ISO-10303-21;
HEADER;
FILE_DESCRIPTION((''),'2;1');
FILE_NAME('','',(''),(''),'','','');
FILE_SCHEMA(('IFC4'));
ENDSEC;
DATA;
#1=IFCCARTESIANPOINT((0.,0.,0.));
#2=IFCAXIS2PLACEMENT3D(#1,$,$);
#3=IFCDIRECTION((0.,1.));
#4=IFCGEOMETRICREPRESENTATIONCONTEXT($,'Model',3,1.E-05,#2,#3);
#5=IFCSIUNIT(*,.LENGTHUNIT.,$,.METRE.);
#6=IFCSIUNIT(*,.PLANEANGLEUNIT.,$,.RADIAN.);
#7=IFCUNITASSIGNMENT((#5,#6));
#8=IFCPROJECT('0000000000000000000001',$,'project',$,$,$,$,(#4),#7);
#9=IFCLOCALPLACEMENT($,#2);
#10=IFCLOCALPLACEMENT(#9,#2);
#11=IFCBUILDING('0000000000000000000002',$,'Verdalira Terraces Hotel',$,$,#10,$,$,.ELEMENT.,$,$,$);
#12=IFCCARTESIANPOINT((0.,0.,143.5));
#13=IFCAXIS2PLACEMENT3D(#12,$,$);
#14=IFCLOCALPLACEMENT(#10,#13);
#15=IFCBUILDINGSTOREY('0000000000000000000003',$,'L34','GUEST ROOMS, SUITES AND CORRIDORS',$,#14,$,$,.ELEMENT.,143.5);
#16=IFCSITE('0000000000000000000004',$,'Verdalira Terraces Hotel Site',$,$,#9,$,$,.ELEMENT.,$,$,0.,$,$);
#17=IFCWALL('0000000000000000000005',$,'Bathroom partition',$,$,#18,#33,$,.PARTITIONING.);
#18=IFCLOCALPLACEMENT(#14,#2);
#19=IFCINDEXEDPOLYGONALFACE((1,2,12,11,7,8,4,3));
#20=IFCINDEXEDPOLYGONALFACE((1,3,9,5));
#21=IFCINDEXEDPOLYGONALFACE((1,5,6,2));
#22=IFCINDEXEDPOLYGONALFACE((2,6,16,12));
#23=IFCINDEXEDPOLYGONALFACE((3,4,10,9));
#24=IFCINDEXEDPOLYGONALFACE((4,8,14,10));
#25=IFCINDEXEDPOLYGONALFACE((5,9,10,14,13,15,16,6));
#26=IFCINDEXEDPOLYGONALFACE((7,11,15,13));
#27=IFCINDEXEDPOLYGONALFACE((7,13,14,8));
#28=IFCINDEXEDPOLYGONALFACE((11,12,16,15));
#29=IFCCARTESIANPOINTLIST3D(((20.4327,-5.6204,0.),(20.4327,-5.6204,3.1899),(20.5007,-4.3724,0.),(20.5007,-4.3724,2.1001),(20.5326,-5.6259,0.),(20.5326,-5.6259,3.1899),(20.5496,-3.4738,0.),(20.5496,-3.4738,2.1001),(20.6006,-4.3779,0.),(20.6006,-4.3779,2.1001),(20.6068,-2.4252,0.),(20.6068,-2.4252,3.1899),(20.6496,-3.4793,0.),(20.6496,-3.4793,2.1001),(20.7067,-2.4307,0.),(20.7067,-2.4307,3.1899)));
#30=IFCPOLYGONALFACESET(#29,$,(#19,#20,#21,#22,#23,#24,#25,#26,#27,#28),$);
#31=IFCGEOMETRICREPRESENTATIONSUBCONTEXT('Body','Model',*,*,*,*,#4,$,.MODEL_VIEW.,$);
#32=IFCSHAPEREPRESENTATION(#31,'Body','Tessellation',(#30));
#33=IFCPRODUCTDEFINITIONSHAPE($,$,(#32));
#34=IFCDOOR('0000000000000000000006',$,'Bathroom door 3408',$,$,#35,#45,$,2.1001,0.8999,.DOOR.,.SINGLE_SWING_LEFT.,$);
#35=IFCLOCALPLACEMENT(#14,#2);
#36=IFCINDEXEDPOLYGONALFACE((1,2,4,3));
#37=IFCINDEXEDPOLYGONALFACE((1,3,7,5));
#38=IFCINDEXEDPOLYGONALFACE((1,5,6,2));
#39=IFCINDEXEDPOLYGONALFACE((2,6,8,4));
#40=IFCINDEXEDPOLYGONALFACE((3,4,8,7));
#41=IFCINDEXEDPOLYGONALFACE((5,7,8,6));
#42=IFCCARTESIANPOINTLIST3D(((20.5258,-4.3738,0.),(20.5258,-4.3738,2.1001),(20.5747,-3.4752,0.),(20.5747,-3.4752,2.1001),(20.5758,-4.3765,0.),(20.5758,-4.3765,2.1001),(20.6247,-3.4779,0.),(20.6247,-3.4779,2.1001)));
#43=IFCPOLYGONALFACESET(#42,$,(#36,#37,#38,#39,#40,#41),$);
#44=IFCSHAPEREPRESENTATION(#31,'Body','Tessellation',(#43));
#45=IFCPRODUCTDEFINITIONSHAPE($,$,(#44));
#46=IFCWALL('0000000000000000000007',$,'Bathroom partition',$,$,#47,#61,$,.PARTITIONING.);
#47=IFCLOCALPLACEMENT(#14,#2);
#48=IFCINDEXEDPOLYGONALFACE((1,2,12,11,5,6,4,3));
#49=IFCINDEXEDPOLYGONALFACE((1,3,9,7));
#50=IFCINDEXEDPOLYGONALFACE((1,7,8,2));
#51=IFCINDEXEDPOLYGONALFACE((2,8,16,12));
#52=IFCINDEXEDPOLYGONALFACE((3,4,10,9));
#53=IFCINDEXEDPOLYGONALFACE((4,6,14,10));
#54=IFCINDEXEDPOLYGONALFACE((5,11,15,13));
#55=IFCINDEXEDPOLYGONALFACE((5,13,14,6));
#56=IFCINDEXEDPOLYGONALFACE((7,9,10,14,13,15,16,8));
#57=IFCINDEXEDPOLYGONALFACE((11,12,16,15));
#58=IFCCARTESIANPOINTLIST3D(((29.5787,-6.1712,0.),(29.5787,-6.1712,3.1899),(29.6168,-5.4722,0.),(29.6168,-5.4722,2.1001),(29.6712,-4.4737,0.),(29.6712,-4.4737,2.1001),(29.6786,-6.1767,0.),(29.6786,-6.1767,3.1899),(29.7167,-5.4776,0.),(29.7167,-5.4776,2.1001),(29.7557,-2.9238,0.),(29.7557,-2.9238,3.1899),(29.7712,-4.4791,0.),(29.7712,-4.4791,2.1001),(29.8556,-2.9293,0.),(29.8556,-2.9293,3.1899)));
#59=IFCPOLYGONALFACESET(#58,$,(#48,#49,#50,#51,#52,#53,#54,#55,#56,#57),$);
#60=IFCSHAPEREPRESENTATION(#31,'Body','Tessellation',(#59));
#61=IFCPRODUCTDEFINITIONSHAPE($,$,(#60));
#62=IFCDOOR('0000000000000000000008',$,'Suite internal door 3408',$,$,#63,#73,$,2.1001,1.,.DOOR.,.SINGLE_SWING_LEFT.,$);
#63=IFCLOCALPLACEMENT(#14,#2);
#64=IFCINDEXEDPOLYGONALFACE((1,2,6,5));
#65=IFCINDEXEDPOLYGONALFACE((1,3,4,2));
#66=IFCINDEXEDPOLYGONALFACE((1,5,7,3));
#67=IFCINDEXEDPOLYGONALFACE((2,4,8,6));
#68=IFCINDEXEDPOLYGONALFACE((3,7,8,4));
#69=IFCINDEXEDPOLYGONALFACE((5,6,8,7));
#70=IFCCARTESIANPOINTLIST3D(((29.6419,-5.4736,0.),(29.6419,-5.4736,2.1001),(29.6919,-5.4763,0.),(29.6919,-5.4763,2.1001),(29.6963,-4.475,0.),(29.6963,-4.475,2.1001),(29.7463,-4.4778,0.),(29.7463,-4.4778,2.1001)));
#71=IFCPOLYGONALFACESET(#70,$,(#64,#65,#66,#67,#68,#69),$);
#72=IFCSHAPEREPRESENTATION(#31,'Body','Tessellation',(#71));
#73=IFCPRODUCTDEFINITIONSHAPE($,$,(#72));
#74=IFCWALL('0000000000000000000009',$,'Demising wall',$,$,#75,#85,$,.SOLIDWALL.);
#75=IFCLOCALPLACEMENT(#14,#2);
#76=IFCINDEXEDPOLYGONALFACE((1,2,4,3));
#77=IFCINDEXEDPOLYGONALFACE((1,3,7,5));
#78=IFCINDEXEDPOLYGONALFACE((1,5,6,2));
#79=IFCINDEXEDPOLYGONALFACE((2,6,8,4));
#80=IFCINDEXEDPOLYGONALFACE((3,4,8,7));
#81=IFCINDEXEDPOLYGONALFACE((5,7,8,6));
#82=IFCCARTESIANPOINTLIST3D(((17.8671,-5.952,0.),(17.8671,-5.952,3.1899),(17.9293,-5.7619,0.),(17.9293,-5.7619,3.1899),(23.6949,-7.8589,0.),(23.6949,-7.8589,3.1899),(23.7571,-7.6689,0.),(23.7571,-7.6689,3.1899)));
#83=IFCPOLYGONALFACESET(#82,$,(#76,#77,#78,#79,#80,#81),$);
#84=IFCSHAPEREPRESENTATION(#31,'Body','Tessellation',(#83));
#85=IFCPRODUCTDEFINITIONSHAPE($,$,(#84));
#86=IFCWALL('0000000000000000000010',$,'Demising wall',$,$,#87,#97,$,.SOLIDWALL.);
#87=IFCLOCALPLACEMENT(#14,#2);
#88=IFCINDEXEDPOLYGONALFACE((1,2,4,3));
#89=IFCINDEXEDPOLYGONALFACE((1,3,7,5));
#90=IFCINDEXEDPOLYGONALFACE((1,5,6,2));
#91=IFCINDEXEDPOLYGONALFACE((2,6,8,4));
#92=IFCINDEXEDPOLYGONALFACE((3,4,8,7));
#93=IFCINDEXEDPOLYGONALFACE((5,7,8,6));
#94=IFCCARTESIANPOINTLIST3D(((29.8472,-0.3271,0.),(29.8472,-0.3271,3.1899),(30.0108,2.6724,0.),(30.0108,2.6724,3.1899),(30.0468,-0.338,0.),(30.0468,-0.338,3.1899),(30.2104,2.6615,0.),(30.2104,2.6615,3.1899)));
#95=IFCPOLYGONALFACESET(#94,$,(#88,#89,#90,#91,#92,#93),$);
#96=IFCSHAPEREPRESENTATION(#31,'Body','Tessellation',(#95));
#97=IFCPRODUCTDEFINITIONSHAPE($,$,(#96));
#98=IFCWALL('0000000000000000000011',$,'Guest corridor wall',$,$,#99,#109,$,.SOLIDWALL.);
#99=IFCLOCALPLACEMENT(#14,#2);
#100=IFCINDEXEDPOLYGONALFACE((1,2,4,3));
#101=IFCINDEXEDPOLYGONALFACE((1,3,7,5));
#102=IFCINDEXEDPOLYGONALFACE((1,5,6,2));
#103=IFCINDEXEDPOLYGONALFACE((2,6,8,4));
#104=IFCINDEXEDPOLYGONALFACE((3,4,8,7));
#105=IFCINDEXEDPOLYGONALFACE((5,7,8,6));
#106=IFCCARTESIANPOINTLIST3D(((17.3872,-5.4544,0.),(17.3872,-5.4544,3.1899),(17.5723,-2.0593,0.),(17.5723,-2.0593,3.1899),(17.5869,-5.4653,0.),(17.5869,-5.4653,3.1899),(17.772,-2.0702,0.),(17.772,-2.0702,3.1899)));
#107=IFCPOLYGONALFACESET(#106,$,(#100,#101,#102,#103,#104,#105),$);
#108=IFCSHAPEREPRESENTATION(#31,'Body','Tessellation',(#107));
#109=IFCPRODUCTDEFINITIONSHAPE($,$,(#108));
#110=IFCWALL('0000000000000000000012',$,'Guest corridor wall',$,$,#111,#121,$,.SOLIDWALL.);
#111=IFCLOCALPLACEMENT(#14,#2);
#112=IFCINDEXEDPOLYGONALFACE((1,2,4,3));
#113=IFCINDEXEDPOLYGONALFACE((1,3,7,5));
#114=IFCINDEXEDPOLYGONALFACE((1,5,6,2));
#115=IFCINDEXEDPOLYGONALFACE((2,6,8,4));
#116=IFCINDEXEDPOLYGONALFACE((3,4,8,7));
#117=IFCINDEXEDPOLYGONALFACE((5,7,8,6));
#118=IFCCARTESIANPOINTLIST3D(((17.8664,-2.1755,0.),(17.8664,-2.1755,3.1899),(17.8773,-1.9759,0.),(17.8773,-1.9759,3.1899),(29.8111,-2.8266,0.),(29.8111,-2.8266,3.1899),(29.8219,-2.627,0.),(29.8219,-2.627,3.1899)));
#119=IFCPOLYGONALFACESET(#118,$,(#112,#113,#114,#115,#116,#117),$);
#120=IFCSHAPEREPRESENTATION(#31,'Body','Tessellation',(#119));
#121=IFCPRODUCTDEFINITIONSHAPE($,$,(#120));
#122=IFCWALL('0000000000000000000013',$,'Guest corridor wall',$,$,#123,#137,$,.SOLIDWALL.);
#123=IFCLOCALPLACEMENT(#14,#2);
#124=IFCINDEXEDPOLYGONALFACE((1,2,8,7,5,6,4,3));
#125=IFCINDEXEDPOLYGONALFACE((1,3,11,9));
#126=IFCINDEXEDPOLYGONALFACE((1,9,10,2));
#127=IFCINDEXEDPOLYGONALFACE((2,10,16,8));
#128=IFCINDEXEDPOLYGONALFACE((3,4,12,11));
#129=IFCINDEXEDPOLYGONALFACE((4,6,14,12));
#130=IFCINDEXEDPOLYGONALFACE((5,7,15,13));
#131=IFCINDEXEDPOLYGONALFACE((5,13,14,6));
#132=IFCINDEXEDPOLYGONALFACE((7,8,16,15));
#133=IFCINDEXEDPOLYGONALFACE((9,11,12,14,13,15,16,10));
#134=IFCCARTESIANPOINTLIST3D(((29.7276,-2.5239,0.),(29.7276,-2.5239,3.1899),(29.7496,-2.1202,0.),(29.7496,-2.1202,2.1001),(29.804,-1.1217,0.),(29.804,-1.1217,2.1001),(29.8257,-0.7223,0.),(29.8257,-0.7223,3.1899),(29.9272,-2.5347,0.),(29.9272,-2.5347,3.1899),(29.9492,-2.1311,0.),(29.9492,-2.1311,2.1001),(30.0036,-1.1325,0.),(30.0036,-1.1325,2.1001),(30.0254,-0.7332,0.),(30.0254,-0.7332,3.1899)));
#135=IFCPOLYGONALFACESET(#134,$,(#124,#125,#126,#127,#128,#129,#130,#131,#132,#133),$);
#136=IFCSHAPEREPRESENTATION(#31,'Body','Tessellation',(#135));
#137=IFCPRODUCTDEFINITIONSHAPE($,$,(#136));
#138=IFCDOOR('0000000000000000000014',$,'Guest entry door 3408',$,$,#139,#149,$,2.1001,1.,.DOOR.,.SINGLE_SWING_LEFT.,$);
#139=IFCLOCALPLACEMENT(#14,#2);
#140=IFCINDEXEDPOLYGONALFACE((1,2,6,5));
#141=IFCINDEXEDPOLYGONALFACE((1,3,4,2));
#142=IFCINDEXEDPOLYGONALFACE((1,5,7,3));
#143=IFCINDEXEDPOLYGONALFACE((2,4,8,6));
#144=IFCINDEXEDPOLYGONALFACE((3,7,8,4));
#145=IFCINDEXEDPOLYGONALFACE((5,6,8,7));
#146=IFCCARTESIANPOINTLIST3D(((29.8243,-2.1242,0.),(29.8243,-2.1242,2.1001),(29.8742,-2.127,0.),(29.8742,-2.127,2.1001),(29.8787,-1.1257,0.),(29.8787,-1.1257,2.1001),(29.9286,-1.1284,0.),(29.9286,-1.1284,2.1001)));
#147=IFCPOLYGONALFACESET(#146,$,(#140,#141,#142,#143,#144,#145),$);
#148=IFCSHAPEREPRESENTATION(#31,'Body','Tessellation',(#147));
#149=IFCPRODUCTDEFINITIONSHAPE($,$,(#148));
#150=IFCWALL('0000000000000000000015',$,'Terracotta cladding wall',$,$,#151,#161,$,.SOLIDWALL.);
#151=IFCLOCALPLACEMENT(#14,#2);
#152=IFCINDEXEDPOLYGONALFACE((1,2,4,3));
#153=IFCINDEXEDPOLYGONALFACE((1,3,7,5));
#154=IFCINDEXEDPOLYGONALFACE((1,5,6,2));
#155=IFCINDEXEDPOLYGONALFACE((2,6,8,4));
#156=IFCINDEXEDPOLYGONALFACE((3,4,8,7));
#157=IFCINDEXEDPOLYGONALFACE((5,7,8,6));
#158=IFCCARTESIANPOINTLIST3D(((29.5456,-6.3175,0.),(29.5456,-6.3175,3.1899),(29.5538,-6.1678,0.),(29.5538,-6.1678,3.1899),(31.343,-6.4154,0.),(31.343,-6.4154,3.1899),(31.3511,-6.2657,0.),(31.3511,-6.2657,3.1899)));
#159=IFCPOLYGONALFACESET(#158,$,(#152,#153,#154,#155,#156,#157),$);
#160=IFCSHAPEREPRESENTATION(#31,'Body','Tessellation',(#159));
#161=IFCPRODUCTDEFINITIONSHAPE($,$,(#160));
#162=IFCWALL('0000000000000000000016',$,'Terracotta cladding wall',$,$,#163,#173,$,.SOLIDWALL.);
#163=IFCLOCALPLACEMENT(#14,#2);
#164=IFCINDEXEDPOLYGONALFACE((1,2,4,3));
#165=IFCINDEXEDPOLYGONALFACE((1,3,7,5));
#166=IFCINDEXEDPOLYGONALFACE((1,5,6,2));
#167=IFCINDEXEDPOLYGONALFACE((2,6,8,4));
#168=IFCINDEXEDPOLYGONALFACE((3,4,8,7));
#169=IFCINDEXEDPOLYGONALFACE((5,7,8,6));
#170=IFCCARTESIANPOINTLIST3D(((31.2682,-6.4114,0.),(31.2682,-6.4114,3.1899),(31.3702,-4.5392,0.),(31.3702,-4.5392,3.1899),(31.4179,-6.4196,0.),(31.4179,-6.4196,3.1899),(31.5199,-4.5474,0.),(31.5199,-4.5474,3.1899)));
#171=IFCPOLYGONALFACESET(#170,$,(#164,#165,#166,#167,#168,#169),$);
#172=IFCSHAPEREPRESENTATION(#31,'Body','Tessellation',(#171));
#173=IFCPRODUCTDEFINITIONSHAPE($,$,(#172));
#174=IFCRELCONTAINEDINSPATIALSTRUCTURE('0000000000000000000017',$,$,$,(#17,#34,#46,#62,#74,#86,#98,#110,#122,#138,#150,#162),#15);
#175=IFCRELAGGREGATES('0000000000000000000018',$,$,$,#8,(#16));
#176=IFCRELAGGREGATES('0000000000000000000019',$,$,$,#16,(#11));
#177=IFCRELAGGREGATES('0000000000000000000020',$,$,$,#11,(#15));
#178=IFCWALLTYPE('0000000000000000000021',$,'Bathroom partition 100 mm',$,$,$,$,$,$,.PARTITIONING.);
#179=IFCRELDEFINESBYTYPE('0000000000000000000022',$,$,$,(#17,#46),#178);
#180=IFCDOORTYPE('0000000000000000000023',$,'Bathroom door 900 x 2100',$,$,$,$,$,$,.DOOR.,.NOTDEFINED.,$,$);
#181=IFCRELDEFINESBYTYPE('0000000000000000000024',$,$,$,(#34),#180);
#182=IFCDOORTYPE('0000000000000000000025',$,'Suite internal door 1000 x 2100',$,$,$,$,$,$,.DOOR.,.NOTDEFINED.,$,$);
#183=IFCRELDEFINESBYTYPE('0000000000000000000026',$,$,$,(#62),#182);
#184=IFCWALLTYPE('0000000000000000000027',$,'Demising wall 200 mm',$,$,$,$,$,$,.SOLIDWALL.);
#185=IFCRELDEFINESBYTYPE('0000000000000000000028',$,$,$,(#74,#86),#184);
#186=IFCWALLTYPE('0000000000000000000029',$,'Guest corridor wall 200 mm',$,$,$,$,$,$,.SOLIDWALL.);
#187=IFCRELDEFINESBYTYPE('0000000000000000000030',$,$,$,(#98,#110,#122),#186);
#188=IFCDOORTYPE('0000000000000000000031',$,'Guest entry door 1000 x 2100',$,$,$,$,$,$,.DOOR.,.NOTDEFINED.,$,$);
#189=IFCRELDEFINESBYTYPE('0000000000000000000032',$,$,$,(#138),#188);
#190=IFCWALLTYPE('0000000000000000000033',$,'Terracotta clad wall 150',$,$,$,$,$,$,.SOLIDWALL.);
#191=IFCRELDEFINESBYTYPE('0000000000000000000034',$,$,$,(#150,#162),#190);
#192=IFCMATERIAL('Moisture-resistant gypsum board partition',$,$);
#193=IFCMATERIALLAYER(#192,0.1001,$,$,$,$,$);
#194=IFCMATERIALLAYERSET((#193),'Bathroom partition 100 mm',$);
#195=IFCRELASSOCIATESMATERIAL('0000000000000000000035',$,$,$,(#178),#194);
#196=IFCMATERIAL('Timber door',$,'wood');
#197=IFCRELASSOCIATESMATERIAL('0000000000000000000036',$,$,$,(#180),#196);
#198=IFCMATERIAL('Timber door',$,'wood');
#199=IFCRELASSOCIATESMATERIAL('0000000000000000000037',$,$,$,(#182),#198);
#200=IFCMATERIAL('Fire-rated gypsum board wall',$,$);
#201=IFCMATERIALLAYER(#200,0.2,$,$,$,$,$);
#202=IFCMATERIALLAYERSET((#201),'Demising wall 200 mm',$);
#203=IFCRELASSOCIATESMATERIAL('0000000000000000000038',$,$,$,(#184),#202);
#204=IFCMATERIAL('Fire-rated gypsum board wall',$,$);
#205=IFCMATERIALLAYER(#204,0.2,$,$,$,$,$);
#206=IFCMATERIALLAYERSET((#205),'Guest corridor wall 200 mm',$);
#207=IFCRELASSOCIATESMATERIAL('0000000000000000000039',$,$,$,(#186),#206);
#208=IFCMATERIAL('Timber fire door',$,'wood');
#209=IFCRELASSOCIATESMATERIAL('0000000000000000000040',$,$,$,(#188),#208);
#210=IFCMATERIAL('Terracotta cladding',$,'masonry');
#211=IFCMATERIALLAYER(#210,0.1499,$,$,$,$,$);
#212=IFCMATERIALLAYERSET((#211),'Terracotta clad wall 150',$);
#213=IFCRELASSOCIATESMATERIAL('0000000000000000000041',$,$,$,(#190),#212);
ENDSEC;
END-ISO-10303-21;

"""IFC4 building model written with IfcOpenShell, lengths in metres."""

from ifc_helpers import new_model, si_unit, direction, frame, frame_2d, origin, place, context, subcontext, project, spatial, rectangle, extrude, material, layer, layer_set, type_object, element, fill, save


model = new_model("IFC4")

# Units and contexts
model_context = context("Model", 3, precision=1e-05, world=origin(), true_north=direction((0.0, 1.0)))
body_context = subcontext(model_context, "Body", "Model", "MODEL_VIEW")
ifc_project = project(units=[si_unit("LENGTHUNIT", "METRE"), si_unit("PLANEANGLEUNIT", "RADIAN")], contexts=[model_context])

# Site, building, storey
site_placement = place(None, origin())
site = spatial("IfcSite", under=ifc_project, at=site_placement, Name="Verdalira Terraces Hotel Site", CompositionType="ELEMENT", RefElevation=0.0)
building_placement = place(site_placement, origin())
building = spatial("IfcBuilding", under=site, at=building_placement, Name="Verdalira Terraces Hotel", CompositionType="ELEMENT")
storey_placement = place(building_placement, frame((0.0, 0.0, 143.5)))
storey = spatial("IfcBuildingStorey", under=building, at=storey_placement, Name="L34", Description="GUEST ROOMS, SUITES AND CORRIDORS", CompositionType="ELEMENT", Elevation=143.5)

# Shared definitions
ifc_material_1 = material(Name="Moisture-resistant gypsum board partition")
ifc_layer_1 = layer(ifc_material_1, 0.1001)
ifc_layer_set_1 = layer_set([ifc_layer_1], Name="Bathroom partition 100 mm")
wall_type_1 = type_object("IfcWallType", Name="Bathroom partition 100 mm", PredefinedType="PARTITIONING", material=ifc_layer_set_1)

# Walls, openings, doors
wall_1_placement = place(storey_placement, frame((20.4827, -5.6233, 0.0), z_axis=(0.0, 0.0, 1.0), x_axis=(0.054397, 0.998519, 0.0)))
wall_1 = element("IfcWall", 1, at=wall_1_placement, inside=storey, type_object=wall_type_1, Name="Bathroom partition", PredefinedType="PARTITIONING", context=body_context, shape_type="SweptSolid", body=[
    extrude(rectangle(XDim=3.2, YDim=0.1001, at=frame_2d((1.6001, 0.0))), origin(), (0.0, 0.0, 1.0), 3.1899),
])
opening_1_placement = place(wall_1_placement, frame((1.25, 0.0, 0.0)))
opening_1 = element("IfcOpeningElement", 2, at=opening_1_placement, cuts=wall_1, PredefinedType="OPENING", context=body_context, shape_type="SweptSolid", body=[
    extrude(rectangle(XDim=0.8999, YDim=2.1001, at=frame_2d((0.45, 1.05))), frame((0.0, 0.0601, 0.0), z_axis=(0.0, -1.0, 0.0), x_axis=(1.0, 0.0, 0.0)), (0.0, 0.0, 1.0), 0.1201),
])
ifc_material_2 = material(Name="Timber door", Category="wood")
door_type_1 = type_object("IfcDoorType", Name="Bathroom door 900 x 2100", OperationType="NOTDEFINED", PredefinedType="DOOR", material=ifc_material_2)
door_1_placement = place(opening_1_placement, origin())
door_1 = element("IfcDoor", 3, at=door_1_placement, inside=storey, type_object=door_type_1, Name="Bathroom door 3408", OperationType="SINGLE_SWING_LEFT", OverallHeight=2.1001, OverallWidth=0.8999, PredefinedType="DOOR", context=body_context, shape_type="SweptSolid", body=[
    extrude(rectangle(XDim=0.8999, YDim=2.1001, at=frame_2d((0.45, 1.05))), frame((0.0, 0.0249, 0.0), z_axis=(0.0, -1.0, 0.0), x_axis=(1.0, 0.0, 0.0)), (0.0, 0.0, 1.0), 0.05),
])
fill(opening_1, door_1)
wall_2_placement = place(storey_placement, frame((29.6287, -6.1738, 0.0), z_axis=(0.0, 0.0, 1.0), x_axis=(0.054426, 0.998518, 0.0)))
wall_2 = element("IfcWall", 4, at=wall_2_placement, inside=storey, type_object=wall_type_1, Name="Bathroom partition", PredefinedType="PARTITIONING", context=body_context, shape_type="SweptSolid", body=[
    extrude(rectangle(XDim=3.2522, YDim=0.1001, at=frame_2d((1.626, 0.0))), origin(), (0.0, 0.0, 1.0), 3.1899),
])
opening_2_placement = place(wall_2_placement, frame((0.7, 0.0, 0.0)))
opening_2 = element("IfcOpeningElement", 5, at=opening_2_placement, cuts=wall_2, PredefinedType="OPENING", context=body_context, shape_type="SweptSolid", body=[
    extrude(rectangle(XDim=1.0, YDim=2.1001, at=frame_2d((0.5, 1.05))), frame((0.0, 0.0601, 0.0), z_axis=(0.0, -1.0, 0.0), x_axis=(1.0, 0.0, 0.0)), (0.0, 0.0, 1.0), 0.1201),
])
ifc_material_3 = material(Name="Timber door", Category="wood")
door_type_2 = type_object("IfcDoorType", Name="Suite internal door 1000 x 2100", OperationType="NOTDEFINED", PredefinedType="DOOR", material=ifc_material_3)
door_2_placement = place(opening_2_placement, origin())
door_2 = element("IfcDoor", 6, at=door_2_placement, inside=storey, type_object=door_type_2, Name="Suite internal door 3408", OperationType="SINGLE_SWING_LEFT", OverallHeight=2.1001, OverallWidth=1.0, PredefinedType="DOOR", context=body_context, shape_type="SweptSolid", body=[
    extrude(rectangle(XDim=1.0, YDim=2.1001, at=frame_2d((0.5, 1.05))), frame((0.0, 0.0249, 0.0), z_axis=(0.0, -1.0, 0.0), x_axis=(1.0, 0.0, 0.0)), (0.0, 0.0, 1.0), 0.05),
])
fill(opening_2, door_2)

# Walls
ifc_material_4 = material(Name="Fire-rated gypsum board wall")
ifc_layer_2 = layer(ifc_material_4, 0.2)
ifc_layer_set_2 = layer_set([ifc_layer_2], Name="Demising wall 200 mm")
wall_type_2 = type_object("IfcWallType", Name="Demising wall 200 mm", PredefinedType="SOLIDWALL", material=ifc_layer_set_2)
wall_3_placement = place(storey_placement, frame((17.8982, -5.8569, 0.0), z_axis=(0.0, 0.0, 1.0), x_axis=(0.950413, -0.310991, 0.0)))
element("IfcWall", 7, at=wall_3_placement, inside=storey, type_object=wall_type_2, Name="Demising wall", PredefinedType="SOLIDWALL", context=body_context, shape_type="SweptSolid", body=[
    extrude(rectangle(XDim=6.1318, YDim=0.2, at=frame_2d((3.0659, 0.0))), origin(), (0.0, 0.0, 1.0), 3.1899),
])
wall_4_placement = place(storey_placement, frame((29.947, -0.3325, 0.0), z_axis=(0.0, 0.0, 1.0), x_axis=(0.054453, 0.998516, 0.0)))
element("IfcWall", 8, at=wall_4_placement, inside=storey, type_object=wall_type_2, Name="Demising wall", PredefinedType="SOLIDWALL", context=body_context, shape_type="SweptSolid", body=[
    extrude(rectangle(XDim=3.0039, YDim=0.2, at=frame_2d((1.502, 0.0))), origin(), (0.0, 0.0, 1.0), 3.1899),
])
ifc_material_5 = material(Name="Fire-rated gypsum board wall")
ifc_layer_3 = layer(ifc_material_5, 0.2)
ifc_layer_set_3 = layer_set([ifc_layer_3], Name="Guest corridor wall 200 mm")
wall_type_3 = type_object("IfcWallType", Name="Guest corridor wall 200 mm", PredefinedType="SOLIDWALL", material=ifc_layer_set_3)
wall_5_placement = place(storey_placement, frame((17.4871, -5.46, 0.0), z_axis=(0.0, 0.0, 1.0), x_axis=(0.054428, 0.998518, 0.0)))
element("IfcWall", 9, at=wall_5_placement, inside=storey, type_object=wall_type_3, Name="Guest corridor wall", PredefinedType="SOLIDWALL", context=body_context, shape_type="SweptSolid", body=[
    extrude(rectangle(XDim=3.4001, YDim=0.2, at=frame_2d((1.7002, 0.0))), origin(), (0.0, 0.0, 1.0), 3.1899),
])
wall_6_placement = place(storey_placement, frame((17.8718, -2.0757, 0.0), z_axis=(0.0, 0.0, 1.0), x_axis=(0.998518, -0.054431, 0.0)))
element("IfcWall", 10, at=wall_6_placement, inside=storey, type_object=wall_type_3, Name="Guest corridor wall", PredefinedType="SOLIDWALL", context=body_context, shape_type="SweptSolid", body=[
    extrude(rectangle(XDim=11.9624, YDim=0.2, at=frame_2d((5.9812, 0.0))), origin(), (0.0, 0.0, 1.0), 3.1899),
])

# Wall, opening, door
wall_7_placement = place(storey_placement, frame((29.9255, -0.7278, 0.0), z_axis=(0.0, 0.0, 1.0), x_axis=(-0.054398, -0.998519, 0.0)))
wall_7 = element("IfcWall", 11, at=wall_7_placement, inside=storey, type_object=wall_type_3, Name="Guest corridor wall", PredefinedType="SOLIDWALL", context=body_context, shape_type="SweptSolid", body=[
    extrude(rectangle(XDim=1.8042, YDim=0.2, at=frame_2d((0.9021, 0.0))), origin(), (0.0, 0.0, 1.0), 3.1899),
])
opening_3_placement = place(wall_7_placement, frame((0.3999, 0.0, 0.0)))
opening_3 = element("IfcOpeningElement", 12, at=opening_3_placement, cuts=wall_7, PredefinedType="OPENING", context=body_context, shape_type="SweptSolid", body=[
    extrude(rectangle(XDim=1.0, YDim=2.1001, at=frame_2d((0.5, 1.05))), frame((0.0, 0.1099, 0.0), z_axis=(0.0, -1.0, 0.0), x_axis=(1.0, 0.0, 0.0)), (0.0, 0.0, 1.0), 0.22),
])
ifc_material_6 = material(Name="Timber fire door", Category="wood")
door_type_3 = type_object("IfcDoorType", Name="Guest entry door 1000 x 2100", OperationType="NOTDEFINED", PredefinedType="DOOR", material=ifc_material_6)
door_3_placement = place(opening_3_placement, origin())
door_3 = element("IfcDoor", 13, at=door_3_placement, inside=storey, type_object=door_type_3, Name="Guest entry door 3408", OperationType="SINGLE_SWING_LEFT", OverallHeight=2.1001, OverallWidth=1.0, PredefinedType="DOOR", context=body_context, shape_type="SweptSolid", body=[
    extrude(rectangle(XDim=1.0, YDim=2.1001, at=frame_2d((0.5, 1.05))), frame((0.0, 0.0249, 0.0), z_axis=(0.0, -1.0, 0.0), x_axis=(1.0, 0.0, 0.0)), (0.0, 0.0, 1.0), 0.05),
])
fill(opening_3, door_3)

# Walls
ifc_material_7 = material(Name="Terracotta cladding", Category="masonry")
ifc_layer_4 = layer(ifc_material_7, 0.1499)
ifc_layer_set_4 = layer_set([ifc_layer_4], Name="Terracotta clad wall 150")
wall_type_4 = type_object("IfcWallType", Name="Terracotta clad wall 150", PredefinedType="SOLIDWALL", material=ifc_layer_set_4)
wall_8_placement = place(storey_placement, frame((29.5498, -6.2427, 0.0), z_axis=(0.0, 0.0, 1.0), x_axis=(0.99852, -0.054388, 0.0)))
element("IfcWall", 14, at=wall_8_placement, inside=storey, type_object=wall_type_4, Name="Terracotta cladding wall", PredefinedType="SOLIDWALL", context=body_context, shape_type="SweptSolid", body=[
    extrude(rectangle(XDim=1.8, YDim=0.1499, at=frame_2d((0.8999, 0.0))), origin(), (0.0, 0.0, 1.0), 3.1899),
])
for number, where, z_axis, x_axis, name in (
    (15, (31.343, -6.4155, 0.0), (0.0, 0.0, 1.0), (0.054424, 0.998518, 0.0), "Terracotta cladding wall"),
):
    element("IfcWall", number, at=place(storey_placement, frame(where, z_axis=z_axis, x_axis=x_axis)), inside=storey, type_object=wall_type_4, Name=name, PredefinedType="SOLIDWALL", context=body_context, shape_type="SweptSolid", body=[
        extrude(rectangle(XDim=1.875, YDim=0.1499, at=frame_2d((0.9375, 0.0))), origin(), (0.0, 0.0, 1.0), 3.1899),
    ])

save(model, "model.ifc")
